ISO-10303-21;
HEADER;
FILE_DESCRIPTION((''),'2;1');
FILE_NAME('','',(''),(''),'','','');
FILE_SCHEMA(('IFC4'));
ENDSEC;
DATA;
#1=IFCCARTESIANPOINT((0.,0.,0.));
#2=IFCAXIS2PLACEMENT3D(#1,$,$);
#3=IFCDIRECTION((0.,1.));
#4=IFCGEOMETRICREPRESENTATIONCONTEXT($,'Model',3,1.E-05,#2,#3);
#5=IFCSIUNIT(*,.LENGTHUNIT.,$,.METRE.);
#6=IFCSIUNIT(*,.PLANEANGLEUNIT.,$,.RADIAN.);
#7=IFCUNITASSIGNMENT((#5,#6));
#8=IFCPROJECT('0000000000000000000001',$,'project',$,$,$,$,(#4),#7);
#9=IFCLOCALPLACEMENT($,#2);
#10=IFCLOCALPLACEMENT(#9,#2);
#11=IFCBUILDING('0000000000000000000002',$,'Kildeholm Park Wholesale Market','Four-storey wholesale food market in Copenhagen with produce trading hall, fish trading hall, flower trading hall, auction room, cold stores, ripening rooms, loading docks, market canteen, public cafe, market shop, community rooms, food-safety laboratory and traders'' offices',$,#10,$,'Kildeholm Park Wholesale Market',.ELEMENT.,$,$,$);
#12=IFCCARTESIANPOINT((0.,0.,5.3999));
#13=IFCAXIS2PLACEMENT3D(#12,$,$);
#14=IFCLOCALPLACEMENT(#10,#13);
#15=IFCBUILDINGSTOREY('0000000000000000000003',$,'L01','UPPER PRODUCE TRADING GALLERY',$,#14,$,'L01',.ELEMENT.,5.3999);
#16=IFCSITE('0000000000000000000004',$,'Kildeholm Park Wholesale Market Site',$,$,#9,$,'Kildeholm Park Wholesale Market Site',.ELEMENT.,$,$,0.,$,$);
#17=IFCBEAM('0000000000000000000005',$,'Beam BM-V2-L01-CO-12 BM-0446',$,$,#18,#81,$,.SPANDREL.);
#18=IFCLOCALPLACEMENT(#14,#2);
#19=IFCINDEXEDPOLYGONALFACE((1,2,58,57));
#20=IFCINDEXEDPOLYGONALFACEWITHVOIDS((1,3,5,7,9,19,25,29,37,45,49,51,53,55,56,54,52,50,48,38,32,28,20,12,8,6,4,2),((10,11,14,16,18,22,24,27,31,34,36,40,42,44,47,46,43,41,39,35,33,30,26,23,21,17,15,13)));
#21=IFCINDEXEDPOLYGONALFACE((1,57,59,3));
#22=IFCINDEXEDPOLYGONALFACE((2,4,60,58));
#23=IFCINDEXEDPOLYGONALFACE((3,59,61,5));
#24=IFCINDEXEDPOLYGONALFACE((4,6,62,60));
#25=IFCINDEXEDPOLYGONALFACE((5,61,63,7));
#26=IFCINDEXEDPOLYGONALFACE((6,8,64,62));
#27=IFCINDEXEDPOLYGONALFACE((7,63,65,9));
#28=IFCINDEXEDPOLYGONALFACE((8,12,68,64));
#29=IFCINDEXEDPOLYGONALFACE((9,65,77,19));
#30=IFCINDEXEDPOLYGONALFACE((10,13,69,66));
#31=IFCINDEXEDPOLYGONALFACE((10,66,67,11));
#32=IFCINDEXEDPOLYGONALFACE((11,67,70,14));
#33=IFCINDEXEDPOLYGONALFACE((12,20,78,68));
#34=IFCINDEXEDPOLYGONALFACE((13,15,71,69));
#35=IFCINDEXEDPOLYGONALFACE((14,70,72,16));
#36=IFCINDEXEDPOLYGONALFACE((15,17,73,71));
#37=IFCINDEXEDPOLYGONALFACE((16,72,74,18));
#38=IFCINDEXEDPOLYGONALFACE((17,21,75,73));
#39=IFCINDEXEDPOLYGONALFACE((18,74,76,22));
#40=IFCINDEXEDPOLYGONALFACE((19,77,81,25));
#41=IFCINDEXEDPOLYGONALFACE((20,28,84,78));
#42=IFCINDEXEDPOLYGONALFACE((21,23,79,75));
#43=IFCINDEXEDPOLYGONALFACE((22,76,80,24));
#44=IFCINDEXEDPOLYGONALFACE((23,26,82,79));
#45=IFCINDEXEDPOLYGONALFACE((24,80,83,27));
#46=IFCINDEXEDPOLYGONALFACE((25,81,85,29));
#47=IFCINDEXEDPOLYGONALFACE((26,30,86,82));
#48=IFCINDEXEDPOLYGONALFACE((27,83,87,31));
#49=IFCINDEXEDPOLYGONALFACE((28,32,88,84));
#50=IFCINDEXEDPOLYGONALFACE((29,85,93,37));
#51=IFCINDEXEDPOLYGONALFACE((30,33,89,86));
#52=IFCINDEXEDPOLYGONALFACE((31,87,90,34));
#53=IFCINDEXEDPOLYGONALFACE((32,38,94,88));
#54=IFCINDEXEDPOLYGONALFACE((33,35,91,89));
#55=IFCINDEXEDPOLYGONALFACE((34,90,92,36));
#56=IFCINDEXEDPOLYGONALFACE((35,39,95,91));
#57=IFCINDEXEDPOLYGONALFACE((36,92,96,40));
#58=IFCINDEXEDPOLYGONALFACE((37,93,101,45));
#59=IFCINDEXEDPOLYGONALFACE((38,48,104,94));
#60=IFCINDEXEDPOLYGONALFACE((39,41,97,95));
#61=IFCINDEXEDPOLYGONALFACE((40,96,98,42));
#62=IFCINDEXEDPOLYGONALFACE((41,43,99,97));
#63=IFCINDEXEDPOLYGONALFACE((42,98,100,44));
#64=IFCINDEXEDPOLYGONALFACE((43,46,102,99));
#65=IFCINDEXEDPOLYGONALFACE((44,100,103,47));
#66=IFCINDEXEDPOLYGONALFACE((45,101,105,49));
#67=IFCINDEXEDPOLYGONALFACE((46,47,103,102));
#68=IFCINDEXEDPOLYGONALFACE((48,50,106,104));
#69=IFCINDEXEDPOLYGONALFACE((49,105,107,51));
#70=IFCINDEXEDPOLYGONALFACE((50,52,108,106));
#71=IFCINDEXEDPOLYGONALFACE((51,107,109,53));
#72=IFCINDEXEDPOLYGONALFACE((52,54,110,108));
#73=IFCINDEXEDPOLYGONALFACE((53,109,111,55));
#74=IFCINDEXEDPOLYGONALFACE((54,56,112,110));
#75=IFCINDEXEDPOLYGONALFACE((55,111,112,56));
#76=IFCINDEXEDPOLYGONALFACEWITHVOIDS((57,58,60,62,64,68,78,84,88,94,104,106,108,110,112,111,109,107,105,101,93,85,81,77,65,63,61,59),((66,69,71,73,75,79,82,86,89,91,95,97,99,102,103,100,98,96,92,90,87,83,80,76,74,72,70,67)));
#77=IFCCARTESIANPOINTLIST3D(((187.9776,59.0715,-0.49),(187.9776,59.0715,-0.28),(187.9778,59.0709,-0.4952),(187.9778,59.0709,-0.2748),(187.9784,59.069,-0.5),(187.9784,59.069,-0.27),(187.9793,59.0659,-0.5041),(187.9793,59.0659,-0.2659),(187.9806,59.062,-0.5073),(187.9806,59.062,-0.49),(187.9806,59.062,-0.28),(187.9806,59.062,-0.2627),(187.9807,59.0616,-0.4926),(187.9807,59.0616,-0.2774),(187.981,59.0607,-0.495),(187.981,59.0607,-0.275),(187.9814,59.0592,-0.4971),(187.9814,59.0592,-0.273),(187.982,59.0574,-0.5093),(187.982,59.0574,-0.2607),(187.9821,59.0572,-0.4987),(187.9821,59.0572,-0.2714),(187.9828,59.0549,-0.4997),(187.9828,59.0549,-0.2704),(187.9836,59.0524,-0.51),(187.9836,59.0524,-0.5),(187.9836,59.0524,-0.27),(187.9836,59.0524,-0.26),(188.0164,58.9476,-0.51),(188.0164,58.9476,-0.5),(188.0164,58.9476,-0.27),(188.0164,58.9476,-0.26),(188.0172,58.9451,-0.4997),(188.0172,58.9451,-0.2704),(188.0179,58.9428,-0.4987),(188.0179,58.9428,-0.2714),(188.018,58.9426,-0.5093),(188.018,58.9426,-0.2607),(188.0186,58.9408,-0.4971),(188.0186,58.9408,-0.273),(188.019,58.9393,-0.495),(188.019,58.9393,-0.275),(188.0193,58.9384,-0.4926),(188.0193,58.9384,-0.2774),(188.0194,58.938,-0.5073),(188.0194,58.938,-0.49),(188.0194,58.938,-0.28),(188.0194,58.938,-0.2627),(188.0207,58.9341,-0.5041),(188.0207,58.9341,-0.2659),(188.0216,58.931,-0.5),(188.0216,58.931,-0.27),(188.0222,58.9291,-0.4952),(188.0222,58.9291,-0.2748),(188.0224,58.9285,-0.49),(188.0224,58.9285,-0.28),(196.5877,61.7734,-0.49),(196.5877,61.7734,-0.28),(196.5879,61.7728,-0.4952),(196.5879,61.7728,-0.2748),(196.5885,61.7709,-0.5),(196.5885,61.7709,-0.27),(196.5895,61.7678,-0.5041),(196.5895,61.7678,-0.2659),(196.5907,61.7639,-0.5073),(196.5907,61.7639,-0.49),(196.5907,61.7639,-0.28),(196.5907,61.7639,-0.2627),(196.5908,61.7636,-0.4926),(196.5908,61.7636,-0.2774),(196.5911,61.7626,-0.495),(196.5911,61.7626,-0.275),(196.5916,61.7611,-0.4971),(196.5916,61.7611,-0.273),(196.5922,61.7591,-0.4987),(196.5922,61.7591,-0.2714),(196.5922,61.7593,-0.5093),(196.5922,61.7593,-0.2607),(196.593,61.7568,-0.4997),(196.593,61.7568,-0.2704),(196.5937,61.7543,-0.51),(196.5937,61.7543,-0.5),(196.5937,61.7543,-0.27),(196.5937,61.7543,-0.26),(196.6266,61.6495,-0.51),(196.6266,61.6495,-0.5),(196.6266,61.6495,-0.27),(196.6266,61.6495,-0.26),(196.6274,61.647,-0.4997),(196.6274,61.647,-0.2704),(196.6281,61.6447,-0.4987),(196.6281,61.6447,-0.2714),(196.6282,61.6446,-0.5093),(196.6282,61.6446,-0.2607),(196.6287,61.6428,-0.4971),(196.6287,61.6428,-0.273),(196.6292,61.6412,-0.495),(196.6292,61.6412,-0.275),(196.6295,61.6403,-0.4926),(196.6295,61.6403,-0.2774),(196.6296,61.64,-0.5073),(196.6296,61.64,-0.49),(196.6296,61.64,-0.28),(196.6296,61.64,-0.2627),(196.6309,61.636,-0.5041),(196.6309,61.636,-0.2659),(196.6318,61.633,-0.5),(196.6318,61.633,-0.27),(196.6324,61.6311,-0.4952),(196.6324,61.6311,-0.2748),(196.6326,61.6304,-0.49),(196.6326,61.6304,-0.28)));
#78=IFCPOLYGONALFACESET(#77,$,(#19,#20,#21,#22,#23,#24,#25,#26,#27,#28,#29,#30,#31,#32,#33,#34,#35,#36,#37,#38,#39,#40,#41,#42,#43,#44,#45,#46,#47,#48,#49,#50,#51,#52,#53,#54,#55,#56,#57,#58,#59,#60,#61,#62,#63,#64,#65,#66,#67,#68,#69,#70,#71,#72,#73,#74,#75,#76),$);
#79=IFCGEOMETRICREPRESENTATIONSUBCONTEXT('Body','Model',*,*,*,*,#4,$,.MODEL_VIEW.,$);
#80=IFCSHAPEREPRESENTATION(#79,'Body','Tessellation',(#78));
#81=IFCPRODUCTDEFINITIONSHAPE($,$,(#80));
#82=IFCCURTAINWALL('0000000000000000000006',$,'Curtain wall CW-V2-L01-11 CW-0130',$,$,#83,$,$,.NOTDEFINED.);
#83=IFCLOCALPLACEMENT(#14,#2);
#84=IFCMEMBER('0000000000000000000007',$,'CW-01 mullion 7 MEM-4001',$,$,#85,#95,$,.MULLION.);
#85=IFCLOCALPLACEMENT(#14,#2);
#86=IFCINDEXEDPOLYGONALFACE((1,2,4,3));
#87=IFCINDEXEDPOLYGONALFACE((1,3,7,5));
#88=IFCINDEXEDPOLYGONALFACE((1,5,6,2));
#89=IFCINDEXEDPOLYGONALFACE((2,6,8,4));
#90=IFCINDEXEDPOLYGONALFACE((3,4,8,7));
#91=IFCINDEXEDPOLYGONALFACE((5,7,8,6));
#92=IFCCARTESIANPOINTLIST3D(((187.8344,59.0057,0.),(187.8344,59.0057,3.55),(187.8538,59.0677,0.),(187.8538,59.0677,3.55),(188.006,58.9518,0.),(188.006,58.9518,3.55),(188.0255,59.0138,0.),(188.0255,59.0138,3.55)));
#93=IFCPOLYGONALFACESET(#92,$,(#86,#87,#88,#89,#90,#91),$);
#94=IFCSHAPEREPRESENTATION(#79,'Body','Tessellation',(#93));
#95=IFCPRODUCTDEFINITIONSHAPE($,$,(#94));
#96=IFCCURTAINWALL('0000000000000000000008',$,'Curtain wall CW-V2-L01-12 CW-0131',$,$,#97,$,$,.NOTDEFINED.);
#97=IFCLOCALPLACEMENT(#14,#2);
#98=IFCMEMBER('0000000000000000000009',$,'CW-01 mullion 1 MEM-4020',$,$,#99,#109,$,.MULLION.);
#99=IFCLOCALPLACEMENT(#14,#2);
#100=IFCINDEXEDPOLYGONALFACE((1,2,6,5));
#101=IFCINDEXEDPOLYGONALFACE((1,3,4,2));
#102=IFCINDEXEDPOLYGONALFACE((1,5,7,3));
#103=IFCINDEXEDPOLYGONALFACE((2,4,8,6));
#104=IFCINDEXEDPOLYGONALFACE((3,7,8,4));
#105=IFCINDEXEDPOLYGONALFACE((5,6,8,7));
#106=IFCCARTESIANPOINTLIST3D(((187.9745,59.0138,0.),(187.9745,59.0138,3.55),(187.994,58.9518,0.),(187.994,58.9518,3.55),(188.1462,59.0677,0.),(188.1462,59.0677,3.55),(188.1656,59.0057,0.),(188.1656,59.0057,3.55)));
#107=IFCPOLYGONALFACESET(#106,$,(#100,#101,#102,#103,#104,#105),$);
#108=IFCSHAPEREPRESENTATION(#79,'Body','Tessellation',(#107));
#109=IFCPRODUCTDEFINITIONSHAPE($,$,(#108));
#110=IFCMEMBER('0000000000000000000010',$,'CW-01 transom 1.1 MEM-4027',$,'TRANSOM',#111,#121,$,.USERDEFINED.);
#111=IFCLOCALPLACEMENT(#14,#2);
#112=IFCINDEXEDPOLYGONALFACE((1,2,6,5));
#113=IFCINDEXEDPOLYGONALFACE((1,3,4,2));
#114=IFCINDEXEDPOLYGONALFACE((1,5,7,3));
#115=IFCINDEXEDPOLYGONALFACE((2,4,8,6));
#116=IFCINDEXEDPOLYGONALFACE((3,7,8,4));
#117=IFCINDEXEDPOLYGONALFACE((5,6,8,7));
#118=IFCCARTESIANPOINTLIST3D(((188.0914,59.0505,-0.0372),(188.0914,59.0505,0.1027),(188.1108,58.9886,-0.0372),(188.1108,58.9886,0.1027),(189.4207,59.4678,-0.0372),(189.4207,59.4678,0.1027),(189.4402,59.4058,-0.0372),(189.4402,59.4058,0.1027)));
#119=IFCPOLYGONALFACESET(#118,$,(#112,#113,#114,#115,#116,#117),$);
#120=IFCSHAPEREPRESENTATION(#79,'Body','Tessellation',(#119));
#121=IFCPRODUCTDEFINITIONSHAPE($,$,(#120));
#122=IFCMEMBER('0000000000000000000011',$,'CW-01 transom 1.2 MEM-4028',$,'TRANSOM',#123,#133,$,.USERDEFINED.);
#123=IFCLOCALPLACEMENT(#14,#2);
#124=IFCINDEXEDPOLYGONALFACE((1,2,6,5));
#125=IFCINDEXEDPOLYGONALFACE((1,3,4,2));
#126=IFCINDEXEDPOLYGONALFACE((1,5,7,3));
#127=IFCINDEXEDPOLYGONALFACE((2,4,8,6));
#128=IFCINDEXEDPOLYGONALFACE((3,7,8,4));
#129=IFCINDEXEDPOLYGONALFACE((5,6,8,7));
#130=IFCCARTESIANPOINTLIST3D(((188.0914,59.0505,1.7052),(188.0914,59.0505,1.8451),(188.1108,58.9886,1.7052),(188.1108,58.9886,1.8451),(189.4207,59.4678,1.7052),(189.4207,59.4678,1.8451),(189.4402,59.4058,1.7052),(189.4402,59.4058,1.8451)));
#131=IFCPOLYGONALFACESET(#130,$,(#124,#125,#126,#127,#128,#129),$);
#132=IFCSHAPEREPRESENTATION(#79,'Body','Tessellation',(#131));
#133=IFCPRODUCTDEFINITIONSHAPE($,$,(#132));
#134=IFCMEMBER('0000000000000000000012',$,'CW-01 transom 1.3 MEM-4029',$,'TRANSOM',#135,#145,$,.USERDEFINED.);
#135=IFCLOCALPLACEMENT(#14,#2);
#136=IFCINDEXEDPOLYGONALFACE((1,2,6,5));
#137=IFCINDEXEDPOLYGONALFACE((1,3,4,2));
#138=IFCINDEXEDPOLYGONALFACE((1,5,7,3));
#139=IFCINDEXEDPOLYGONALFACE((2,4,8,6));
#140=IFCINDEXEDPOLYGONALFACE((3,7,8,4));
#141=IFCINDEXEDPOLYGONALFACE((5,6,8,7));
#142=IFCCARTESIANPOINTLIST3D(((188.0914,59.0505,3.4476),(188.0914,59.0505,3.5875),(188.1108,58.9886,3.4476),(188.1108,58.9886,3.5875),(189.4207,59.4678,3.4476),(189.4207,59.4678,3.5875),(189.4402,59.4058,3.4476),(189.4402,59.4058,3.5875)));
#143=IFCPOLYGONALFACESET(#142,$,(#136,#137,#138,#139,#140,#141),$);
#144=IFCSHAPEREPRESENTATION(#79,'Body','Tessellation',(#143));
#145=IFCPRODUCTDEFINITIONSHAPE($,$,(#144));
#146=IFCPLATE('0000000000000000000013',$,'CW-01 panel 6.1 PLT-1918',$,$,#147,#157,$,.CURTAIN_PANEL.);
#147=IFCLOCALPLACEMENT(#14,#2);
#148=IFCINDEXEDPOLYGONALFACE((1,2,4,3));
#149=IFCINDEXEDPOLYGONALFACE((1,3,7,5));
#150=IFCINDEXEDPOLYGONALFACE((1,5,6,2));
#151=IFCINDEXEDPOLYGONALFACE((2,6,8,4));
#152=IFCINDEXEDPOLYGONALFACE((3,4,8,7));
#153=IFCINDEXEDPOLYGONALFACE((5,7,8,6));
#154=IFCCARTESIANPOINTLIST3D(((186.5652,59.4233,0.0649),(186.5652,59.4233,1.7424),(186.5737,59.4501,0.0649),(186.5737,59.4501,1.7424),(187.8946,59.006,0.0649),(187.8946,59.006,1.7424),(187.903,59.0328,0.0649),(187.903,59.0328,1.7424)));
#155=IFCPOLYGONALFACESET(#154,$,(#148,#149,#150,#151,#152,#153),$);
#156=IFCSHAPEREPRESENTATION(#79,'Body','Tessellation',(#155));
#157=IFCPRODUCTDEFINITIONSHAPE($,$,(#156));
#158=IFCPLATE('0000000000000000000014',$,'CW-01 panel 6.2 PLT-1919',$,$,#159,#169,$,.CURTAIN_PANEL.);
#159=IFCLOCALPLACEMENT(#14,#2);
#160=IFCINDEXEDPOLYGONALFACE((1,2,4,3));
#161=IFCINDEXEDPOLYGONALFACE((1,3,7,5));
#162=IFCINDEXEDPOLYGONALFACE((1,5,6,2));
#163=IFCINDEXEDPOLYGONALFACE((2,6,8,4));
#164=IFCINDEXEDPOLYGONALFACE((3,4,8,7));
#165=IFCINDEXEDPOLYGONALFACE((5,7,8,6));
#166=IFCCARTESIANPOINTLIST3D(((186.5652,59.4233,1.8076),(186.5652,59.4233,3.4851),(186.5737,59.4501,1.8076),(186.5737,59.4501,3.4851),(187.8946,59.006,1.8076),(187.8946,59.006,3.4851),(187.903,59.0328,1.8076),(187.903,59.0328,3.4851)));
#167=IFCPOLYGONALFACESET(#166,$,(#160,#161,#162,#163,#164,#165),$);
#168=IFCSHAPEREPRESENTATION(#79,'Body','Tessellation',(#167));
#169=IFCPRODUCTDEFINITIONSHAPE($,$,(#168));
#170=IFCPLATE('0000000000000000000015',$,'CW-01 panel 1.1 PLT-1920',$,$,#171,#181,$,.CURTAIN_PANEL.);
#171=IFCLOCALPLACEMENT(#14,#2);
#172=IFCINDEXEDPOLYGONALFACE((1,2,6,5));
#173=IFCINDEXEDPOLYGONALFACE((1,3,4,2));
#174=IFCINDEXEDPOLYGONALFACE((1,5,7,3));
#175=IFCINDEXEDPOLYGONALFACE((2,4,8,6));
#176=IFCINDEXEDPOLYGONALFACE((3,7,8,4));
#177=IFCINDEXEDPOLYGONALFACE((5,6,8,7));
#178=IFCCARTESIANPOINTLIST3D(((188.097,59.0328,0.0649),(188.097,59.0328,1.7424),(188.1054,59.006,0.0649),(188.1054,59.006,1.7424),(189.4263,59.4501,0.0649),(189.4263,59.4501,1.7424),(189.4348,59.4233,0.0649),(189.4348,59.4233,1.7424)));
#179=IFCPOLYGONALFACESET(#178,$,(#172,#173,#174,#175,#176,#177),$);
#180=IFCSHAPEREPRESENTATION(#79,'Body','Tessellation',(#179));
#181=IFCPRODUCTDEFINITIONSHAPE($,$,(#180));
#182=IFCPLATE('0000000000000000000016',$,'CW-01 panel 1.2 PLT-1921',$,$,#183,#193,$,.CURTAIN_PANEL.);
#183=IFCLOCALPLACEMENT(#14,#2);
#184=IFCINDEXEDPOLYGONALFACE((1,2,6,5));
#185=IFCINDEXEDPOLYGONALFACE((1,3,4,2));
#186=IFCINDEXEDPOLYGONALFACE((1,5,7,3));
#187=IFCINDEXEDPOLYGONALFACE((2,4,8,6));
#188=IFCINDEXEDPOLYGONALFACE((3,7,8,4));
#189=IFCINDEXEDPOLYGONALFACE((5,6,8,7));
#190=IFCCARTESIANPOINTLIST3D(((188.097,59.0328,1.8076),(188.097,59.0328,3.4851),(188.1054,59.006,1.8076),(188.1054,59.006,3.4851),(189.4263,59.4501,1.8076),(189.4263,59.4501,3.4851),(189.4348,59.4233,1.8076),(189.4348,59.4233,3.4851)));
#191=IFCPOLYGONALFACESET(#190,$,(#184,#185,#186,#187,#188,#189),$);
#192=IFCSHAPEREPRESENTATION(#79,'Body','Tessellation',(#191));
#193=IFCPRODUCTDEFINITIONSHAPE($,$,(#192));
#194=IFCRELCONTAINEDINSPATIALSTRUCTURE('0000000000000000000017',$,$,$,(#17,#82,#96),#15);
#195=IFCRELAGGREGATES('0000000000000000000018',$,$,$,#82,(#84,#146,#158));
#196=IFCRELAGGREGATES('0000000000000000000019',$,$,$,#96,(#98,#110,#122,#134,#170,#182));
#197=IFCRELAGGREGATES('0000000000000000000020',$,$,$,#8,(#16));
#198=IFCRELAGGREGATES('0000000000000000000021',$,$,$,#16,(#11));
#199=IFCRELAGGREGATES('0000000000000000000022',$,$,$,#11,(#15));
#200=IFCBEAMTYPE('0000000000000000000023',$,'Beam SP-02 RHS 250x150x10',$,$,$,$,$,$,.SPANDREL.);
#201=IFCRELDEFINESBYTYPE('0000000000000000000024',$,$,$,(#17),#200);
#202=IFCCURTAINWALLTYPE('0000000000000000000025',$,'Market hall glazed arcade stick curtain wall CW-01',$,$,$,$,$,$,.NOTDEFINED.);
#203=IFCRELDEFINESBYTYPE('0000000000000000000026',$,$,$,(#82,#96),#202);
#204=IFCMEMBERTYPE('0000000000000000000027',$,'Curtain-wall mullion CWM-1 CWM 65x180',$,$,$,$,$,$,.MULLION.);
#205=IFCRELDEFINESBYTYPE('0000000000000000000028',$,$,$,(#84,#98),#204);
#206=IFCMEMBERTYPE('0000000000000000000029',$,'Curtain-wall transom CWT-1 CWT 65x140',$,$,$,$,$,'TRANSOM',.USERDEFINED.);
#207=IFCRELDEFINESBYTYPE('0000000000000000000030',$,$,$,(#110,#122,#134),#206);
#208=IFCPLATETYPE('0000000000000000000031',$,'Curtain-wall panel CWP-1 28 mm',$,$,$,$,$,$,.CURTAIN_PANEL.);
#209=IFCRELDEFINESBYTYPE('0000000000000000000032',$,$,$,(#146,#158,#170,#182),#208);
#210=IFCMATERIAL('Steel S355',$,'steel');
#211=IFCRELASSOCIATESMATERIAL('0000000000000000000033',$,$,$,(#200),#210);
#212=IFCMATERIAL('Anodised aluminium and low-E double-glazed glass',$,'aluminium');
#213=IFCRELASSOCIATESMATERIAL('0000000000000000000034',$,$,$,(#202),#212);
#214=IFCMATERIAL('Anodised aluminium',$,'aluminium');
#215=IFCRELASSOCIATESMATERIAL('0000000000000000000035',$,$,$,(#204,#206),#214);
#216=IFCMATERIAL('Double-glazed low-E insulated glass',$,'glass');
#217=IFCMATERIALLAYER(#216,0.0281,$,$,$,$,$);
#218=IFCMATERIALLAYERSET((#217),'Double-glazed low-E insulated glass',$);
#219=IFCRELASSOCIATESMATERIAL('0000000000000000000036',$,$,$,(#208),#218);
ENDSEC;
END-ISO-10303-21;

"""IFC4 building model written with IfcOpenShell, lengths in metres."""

from ifc_helpers import new_model, si_unit, direction, frame, origin, origin_2d, place, context, subcontext, project, spatial, rectangle, hollow_rectangle, extrude, material, layer, layer_set, material_profile, profile_set, type_object, element, aggregate, save


model = new_model("IFC4")

# Units and contexts
model_context = context("Model", 3, precision=1e-05, world=origin(), true_north=direction((0.0, 1.0)))
body_context = subcontext(model_context, "Body", "Model", "MODEL_VIEW")
ifc_project = project(units=[si_unit("LENGTHUNIT", "METRE"), si_unit("PLANEANGLEUNIT", "RADIAN")], contexts=[model_context])

# Site, building, storey
site_placement = place(None, origin())
site = spatial("IfcSite", under=ifc_project, at=site_placement, Name="Kildeholm Park Wholesale Market Site", LongName="Kildeholm Park Wholesale Market Site", CompositionType="ELEMENT", RefElevation=0.0)
building_placement = place(site_placement, origin())
building = spatial("IfcBuilding", under=site, at=building_placement, Name="Kildeholm Park Wholesale Market", Description="Four-storey wholesale food market in Copenhagen with produce trading hall, fish trading hall, flower trading hall, auction room, cold stores, ripening rooms, loading docks, market canteen, public cafe, market shop, community rooms, food-safety laboratory and traders' offices", LongName="Kildeholm Park Wholesale Market", CompositionType="ELEMENT")
storey_placement = place(building_placement, frame((0.0, 0.0, 5.3999)))
storey = spatial("IfcBuildingStorey", under=building, at=storey_placement, Name="L01", Description="UPPER PRODUCE TRADING GALLERY", LongName="L01", CompositionType="ELEMENT", Elevation=5.3999)

# Shared definitions
ifc_material_1 = material(Name="Steel S355", Category="steel")

# Beam
ifc_material_profile_1 = material_profile(ifc_material_1, hollow_rectangle(XDim=0.1499, YDim=0.25, WallThickness=0.01, InnerFilletRadius=0.01, OuterFilletRadius=0.02, at=origin_2d()), Name="RHS 250x150x10")
ifc_profile_set_1 = profile_set([ifc_material_profile_1], Name="Steel S355")
beam_type_1 = type_object("IfcBeamType", Name="Beam SP-02 RHS 250x150x10", PredefinedType="SPANDREL", material=ifc_profile_set_1)
beam_placement = place(storey_placement, frame((188.0, 59.0, -0.385), z_axis=(0.954125, 0.29941, 0.0), x_axis=(-0.29941, 0.954125, 0.0)))
element("IfcBeam", 1, at=beam_placement, inside=storey, type_object=beam_type_1, Name="Beam BM-V2-L01-CO-12 BM-0446", PredefinedType="SPANDREL", context=body_context, shape_type="SweptSolid", body=[
    extrude(hollow_rectangle(XDim=0.1499, YDim=0.25, WallThickness=0.01, InnerFilletRadius=0.01, OuterFilletRadius=0.02, at=origin_2d()), origin(), (0.0, 0.0, 1.0), 9.0242),
])

# Curtain wall, member
ifc_material_2 = material(Name="Anodised aluminium and low-E double-glazed glass", Category="aluminium")
curtain_wall_type = type_object("IfcCurtainWallType", Name="Market hall glazed arcade stick curtain wall CW-01", PredefinedType="NOTDEFINED", material=ifc_material_2)
curtain_wall_1_placement = place(storey_placement, origin())
curtain_wall_1 = element("IfcCurtainWall", 2, at=curtain_wall_1_placement, inside=storey, type_object=curtain_wall_type, Name="Curtain wall CW-V2-L01-11 CW-0130", PredefinedType="NOTDEFINED")
ifc_material_3 = material(Name="Anodised aluminium", Category="aluminium")
ifc_material_profile_2 = material_profile(ifc_material_3, rectangle(XDim=0.0649, YDim=0.1799, at=origin_2d()), Name="CWM 65x180")
ifc_profile_set_2 = profile_set([ifc_material_profile_2], Name="Anodised aluminium")
member_type_1 = type_object("IfcMemberType", Name="Curtain-wall mullion CWM-1 CWM 65x180", PredefinedType="MULLION", material=ifc_profile_set_2)
member_1_placement = place(storey_placement, frame((187.9299, 59.0098, 0.0), z_axis=(0.0, 0.0, 1.0), x_axis=(0.299478, 0.954103, 0.0)))
member_1 = element("IfcMember", 3, at=member_1_placement, type_object=member_type_1, Name="CW-01 mullion 7 MEM-4001", PredefinedType="MULLION", context=body_context, shape_type="SweptSolid", body=[
    extrude(rectangle(XDim=0.0649, YDim=0.1799, at=origin_2d()), origin(), (0.0, 0.0, 1.0), 3.55),
])

# Curtain wall, members
curtain_wall_2_placement = place(storey_placement, origin())
curtain_wall_2 = element("IfcCurtainWall", 4, at=curtain_wall_2_placement, inside=storey, type_object=curtain_wall_type, Name="Curtain wall CW-V2-L01-12 CW-0131", PredefinedType="NOTDEFINED")
member_2_placement = place(storey_placement, frame((188.0701, 59.0098, 0.0), z_axis=(0.0, 0.0, 1.0), x_axis=(-0.299478, 0.954103, 0.0)))
member_2 = element("IfcMember", 5, at=member_2_placement, type_object=member_type_1, Name="CW-01 mullion 1 MEM-4020", PredefinedType="MULLION", context=body_context, shape_type="SweptSolid", body=[
    extrude(rectangle(XDim=0.0649, YDim=0.1799, at=origin_2d()), origin(), (0.0, 0.0, 1.0), 3.55),
])
ifc_material_profile_3 = material_profile(ifc_material_3, rectangle(XDim=0.0649, YDim=0.1399, at=origin_2d()), Name="CWT 65x140")
ifc_profile_set_3 = profile_set([ifc_material_profile_3], Name="Anodised aluminium")
member_type_2 = type_object("IfcMemberType", Name="Curtain-wall transom CWT-1 CWT 65x140", ElementType="TRANSOM", PredefinedType="USERDEFINED", material=ifc_profile_set_3)
member_3_placement = place(storey_placement, frame((188.1011, 59.0195, 0.0327), z_axis=(0.954108, 0.299462, 0.0), x_axis=(-0.299462, 0.954108, 0.0)))
member_3 = element("IfcMember", 6, at=member_3_placement, type_object=member_type_2, Name="CW-01 transom 1.1 MEM-4027", ObjectType="TRANSOM", PredefinedType="USERDEFINED", context=body_context, shape_type="SweptSolid", body=[
    extrude(rectangle(XDim=0.0649, YDim=0.1399, at=origin_2d()), origin(), (0.0, 0.0, 1.0), 1.3933),
])
member_4_placement = place(storey_placement, frame((188.1011, 59.0195, 1.7751), z_axis=(0.954108, 0.299462, 0.0), x_axis=(-0.299462, 0.954108, 0.0)))
member_4 = element("IfcMember", 7, at=member_4_placement, type_object=member_type_2, Name="CW-01 transom 1.2 MEM-4028", ObjectType="TRANSOM", PredefinedType="USERDEFINED", context=body_context, shape_type="SweptSolid", body=[
    extrude(rectangle(XDim=0.0649, YDim=0.1399, at=origin_2d()), origin(), (0.0, 0.0, 1.0), 1.3933),
])
member_5_placement = place(storey_placement, frame((188.1011, 59.0195, 3.5176), z_axis=(0.954108, 0.299462, 0.0), x_axis=(-0.299462, 0.954108, 0.0)))
member_5 = element("IfcMember", 8, at=member_5_placement, type_object=member_type_2, Name="CW-01 transom 1.3 MEM-4029", ObjectType="TRANSOM", PredefinedType="USERDEFINED", context=body_context, shape_type="SweptSolid", body=[
    extrude(rectangle(XDim=0.0649, YDim=0.1399, at=origin_2d()), origin(), (0.0, 0.0, 1.0), 1.3933),
])

# Plates
ifc_material_4 = material(Name="Double-glazed low-E insulated glass", Category="glass")
ifc_layer_1 = layer(ifc_material_4, 0.0281)
ifc_layer_set_1 = layer_set([ifc_layer_1], Name="Double-glazed low-E insulated glass")
plate_type = type_object("IfcPlateType", Name="Curtain-wall panel CWP-1 28 mm", PredefinedType="CURTAIN_PANEL", material=ifc_layer_set_1)
plate_1_placement = place(storey_placement, frame((187.2341, 59.228, 0.0649), z_axis=(0.0, 0.0, 1.0), x_axis=(0.954103, -0.299478, 0.0)))
plate_1 = element("IfcPlate", 9, at=plate_1_placement, type_object=plate_type, Name="CW-01 panel 6.1 PLT-1918", PredefinedType="CURTAIN_PANEL", context=body_context, shape_type="SweptSolid", body=[
    extrude(rectangle(XDim=1.3933, YDim=0.0281, at=origin_2d()), origin(), (0.0, 0.0, 1.0), 1.6775),
])
plate_2_placement = place(storey_placement, frame((187.2341, 59.228, 1.8076), z_axis=(0.0, 0.0, 1.0), x_axis=(0.954103, -0.299478, 0.0)))
plate_2 = element("IfcPlate", 10, at=plate_2_placement, type_object=plate_type, Name="CW-01 panel 6.2 PLT-1919", PredefinedType="CURTAIN_PANEL", context=body_context, shape_type="SweptSolid", body=[
    extrude(rectangle(XDim=1.3933, YDim=0.0281, at=origin_2d()), origin(), (0.0, 0.0, 1.0), 1.6775),
])
aggregate(curtain_wall_1, [member_1, plate_1, plate_2])
plate_3_placement = place(storey_placement, frame((188.7659, 59.228, 0.0649), z_axis=(0.0, 0.0, 1.0), x_axis=(0.954103, 0.299478, 0.0)))
plate_3 = element("IfcPlate", 11, at=plate_3_placement, type_object=plate_type, Name="CW-01 panel 1.1 PLT-1920", PredefinedType="CURTAIN_PANEL", context=body_context, shape_type="SweptSolid", body=[
    extrude(rectangle(XDim=1.3933, YDim=0.0281, at=origin_2d()), origin(), (0.0, 0.0, 1.0), 1.6775),
])
plate_4_placement = place(storey_placement, frame((188.7659, 59.228, 1.8076), z_axis=(0.0, 0.0, 1.0), x_axis=(0.954103, 0.299478, 0.0)))
plate_4 = element("IfcPlate", 12, at=plate_4_placement, type_object=plate_type, Name="CW-01 panel 1.2 PLT-1921", PredefinedType="CURTAIN_PANEL", context=body_context, shape_type="SweptSolid", body=[
    extrude(rectangle(XDim=1.3933, YDim=0.0281, at=origin_2d()), origin(), (0.0, 0.0, 1.0), 1.6775),
])
aggregate(curtain_wall_2, [member_2, member_3, member_4, member_5, plate_3, plate_4])

save(model, "model.ifc")
